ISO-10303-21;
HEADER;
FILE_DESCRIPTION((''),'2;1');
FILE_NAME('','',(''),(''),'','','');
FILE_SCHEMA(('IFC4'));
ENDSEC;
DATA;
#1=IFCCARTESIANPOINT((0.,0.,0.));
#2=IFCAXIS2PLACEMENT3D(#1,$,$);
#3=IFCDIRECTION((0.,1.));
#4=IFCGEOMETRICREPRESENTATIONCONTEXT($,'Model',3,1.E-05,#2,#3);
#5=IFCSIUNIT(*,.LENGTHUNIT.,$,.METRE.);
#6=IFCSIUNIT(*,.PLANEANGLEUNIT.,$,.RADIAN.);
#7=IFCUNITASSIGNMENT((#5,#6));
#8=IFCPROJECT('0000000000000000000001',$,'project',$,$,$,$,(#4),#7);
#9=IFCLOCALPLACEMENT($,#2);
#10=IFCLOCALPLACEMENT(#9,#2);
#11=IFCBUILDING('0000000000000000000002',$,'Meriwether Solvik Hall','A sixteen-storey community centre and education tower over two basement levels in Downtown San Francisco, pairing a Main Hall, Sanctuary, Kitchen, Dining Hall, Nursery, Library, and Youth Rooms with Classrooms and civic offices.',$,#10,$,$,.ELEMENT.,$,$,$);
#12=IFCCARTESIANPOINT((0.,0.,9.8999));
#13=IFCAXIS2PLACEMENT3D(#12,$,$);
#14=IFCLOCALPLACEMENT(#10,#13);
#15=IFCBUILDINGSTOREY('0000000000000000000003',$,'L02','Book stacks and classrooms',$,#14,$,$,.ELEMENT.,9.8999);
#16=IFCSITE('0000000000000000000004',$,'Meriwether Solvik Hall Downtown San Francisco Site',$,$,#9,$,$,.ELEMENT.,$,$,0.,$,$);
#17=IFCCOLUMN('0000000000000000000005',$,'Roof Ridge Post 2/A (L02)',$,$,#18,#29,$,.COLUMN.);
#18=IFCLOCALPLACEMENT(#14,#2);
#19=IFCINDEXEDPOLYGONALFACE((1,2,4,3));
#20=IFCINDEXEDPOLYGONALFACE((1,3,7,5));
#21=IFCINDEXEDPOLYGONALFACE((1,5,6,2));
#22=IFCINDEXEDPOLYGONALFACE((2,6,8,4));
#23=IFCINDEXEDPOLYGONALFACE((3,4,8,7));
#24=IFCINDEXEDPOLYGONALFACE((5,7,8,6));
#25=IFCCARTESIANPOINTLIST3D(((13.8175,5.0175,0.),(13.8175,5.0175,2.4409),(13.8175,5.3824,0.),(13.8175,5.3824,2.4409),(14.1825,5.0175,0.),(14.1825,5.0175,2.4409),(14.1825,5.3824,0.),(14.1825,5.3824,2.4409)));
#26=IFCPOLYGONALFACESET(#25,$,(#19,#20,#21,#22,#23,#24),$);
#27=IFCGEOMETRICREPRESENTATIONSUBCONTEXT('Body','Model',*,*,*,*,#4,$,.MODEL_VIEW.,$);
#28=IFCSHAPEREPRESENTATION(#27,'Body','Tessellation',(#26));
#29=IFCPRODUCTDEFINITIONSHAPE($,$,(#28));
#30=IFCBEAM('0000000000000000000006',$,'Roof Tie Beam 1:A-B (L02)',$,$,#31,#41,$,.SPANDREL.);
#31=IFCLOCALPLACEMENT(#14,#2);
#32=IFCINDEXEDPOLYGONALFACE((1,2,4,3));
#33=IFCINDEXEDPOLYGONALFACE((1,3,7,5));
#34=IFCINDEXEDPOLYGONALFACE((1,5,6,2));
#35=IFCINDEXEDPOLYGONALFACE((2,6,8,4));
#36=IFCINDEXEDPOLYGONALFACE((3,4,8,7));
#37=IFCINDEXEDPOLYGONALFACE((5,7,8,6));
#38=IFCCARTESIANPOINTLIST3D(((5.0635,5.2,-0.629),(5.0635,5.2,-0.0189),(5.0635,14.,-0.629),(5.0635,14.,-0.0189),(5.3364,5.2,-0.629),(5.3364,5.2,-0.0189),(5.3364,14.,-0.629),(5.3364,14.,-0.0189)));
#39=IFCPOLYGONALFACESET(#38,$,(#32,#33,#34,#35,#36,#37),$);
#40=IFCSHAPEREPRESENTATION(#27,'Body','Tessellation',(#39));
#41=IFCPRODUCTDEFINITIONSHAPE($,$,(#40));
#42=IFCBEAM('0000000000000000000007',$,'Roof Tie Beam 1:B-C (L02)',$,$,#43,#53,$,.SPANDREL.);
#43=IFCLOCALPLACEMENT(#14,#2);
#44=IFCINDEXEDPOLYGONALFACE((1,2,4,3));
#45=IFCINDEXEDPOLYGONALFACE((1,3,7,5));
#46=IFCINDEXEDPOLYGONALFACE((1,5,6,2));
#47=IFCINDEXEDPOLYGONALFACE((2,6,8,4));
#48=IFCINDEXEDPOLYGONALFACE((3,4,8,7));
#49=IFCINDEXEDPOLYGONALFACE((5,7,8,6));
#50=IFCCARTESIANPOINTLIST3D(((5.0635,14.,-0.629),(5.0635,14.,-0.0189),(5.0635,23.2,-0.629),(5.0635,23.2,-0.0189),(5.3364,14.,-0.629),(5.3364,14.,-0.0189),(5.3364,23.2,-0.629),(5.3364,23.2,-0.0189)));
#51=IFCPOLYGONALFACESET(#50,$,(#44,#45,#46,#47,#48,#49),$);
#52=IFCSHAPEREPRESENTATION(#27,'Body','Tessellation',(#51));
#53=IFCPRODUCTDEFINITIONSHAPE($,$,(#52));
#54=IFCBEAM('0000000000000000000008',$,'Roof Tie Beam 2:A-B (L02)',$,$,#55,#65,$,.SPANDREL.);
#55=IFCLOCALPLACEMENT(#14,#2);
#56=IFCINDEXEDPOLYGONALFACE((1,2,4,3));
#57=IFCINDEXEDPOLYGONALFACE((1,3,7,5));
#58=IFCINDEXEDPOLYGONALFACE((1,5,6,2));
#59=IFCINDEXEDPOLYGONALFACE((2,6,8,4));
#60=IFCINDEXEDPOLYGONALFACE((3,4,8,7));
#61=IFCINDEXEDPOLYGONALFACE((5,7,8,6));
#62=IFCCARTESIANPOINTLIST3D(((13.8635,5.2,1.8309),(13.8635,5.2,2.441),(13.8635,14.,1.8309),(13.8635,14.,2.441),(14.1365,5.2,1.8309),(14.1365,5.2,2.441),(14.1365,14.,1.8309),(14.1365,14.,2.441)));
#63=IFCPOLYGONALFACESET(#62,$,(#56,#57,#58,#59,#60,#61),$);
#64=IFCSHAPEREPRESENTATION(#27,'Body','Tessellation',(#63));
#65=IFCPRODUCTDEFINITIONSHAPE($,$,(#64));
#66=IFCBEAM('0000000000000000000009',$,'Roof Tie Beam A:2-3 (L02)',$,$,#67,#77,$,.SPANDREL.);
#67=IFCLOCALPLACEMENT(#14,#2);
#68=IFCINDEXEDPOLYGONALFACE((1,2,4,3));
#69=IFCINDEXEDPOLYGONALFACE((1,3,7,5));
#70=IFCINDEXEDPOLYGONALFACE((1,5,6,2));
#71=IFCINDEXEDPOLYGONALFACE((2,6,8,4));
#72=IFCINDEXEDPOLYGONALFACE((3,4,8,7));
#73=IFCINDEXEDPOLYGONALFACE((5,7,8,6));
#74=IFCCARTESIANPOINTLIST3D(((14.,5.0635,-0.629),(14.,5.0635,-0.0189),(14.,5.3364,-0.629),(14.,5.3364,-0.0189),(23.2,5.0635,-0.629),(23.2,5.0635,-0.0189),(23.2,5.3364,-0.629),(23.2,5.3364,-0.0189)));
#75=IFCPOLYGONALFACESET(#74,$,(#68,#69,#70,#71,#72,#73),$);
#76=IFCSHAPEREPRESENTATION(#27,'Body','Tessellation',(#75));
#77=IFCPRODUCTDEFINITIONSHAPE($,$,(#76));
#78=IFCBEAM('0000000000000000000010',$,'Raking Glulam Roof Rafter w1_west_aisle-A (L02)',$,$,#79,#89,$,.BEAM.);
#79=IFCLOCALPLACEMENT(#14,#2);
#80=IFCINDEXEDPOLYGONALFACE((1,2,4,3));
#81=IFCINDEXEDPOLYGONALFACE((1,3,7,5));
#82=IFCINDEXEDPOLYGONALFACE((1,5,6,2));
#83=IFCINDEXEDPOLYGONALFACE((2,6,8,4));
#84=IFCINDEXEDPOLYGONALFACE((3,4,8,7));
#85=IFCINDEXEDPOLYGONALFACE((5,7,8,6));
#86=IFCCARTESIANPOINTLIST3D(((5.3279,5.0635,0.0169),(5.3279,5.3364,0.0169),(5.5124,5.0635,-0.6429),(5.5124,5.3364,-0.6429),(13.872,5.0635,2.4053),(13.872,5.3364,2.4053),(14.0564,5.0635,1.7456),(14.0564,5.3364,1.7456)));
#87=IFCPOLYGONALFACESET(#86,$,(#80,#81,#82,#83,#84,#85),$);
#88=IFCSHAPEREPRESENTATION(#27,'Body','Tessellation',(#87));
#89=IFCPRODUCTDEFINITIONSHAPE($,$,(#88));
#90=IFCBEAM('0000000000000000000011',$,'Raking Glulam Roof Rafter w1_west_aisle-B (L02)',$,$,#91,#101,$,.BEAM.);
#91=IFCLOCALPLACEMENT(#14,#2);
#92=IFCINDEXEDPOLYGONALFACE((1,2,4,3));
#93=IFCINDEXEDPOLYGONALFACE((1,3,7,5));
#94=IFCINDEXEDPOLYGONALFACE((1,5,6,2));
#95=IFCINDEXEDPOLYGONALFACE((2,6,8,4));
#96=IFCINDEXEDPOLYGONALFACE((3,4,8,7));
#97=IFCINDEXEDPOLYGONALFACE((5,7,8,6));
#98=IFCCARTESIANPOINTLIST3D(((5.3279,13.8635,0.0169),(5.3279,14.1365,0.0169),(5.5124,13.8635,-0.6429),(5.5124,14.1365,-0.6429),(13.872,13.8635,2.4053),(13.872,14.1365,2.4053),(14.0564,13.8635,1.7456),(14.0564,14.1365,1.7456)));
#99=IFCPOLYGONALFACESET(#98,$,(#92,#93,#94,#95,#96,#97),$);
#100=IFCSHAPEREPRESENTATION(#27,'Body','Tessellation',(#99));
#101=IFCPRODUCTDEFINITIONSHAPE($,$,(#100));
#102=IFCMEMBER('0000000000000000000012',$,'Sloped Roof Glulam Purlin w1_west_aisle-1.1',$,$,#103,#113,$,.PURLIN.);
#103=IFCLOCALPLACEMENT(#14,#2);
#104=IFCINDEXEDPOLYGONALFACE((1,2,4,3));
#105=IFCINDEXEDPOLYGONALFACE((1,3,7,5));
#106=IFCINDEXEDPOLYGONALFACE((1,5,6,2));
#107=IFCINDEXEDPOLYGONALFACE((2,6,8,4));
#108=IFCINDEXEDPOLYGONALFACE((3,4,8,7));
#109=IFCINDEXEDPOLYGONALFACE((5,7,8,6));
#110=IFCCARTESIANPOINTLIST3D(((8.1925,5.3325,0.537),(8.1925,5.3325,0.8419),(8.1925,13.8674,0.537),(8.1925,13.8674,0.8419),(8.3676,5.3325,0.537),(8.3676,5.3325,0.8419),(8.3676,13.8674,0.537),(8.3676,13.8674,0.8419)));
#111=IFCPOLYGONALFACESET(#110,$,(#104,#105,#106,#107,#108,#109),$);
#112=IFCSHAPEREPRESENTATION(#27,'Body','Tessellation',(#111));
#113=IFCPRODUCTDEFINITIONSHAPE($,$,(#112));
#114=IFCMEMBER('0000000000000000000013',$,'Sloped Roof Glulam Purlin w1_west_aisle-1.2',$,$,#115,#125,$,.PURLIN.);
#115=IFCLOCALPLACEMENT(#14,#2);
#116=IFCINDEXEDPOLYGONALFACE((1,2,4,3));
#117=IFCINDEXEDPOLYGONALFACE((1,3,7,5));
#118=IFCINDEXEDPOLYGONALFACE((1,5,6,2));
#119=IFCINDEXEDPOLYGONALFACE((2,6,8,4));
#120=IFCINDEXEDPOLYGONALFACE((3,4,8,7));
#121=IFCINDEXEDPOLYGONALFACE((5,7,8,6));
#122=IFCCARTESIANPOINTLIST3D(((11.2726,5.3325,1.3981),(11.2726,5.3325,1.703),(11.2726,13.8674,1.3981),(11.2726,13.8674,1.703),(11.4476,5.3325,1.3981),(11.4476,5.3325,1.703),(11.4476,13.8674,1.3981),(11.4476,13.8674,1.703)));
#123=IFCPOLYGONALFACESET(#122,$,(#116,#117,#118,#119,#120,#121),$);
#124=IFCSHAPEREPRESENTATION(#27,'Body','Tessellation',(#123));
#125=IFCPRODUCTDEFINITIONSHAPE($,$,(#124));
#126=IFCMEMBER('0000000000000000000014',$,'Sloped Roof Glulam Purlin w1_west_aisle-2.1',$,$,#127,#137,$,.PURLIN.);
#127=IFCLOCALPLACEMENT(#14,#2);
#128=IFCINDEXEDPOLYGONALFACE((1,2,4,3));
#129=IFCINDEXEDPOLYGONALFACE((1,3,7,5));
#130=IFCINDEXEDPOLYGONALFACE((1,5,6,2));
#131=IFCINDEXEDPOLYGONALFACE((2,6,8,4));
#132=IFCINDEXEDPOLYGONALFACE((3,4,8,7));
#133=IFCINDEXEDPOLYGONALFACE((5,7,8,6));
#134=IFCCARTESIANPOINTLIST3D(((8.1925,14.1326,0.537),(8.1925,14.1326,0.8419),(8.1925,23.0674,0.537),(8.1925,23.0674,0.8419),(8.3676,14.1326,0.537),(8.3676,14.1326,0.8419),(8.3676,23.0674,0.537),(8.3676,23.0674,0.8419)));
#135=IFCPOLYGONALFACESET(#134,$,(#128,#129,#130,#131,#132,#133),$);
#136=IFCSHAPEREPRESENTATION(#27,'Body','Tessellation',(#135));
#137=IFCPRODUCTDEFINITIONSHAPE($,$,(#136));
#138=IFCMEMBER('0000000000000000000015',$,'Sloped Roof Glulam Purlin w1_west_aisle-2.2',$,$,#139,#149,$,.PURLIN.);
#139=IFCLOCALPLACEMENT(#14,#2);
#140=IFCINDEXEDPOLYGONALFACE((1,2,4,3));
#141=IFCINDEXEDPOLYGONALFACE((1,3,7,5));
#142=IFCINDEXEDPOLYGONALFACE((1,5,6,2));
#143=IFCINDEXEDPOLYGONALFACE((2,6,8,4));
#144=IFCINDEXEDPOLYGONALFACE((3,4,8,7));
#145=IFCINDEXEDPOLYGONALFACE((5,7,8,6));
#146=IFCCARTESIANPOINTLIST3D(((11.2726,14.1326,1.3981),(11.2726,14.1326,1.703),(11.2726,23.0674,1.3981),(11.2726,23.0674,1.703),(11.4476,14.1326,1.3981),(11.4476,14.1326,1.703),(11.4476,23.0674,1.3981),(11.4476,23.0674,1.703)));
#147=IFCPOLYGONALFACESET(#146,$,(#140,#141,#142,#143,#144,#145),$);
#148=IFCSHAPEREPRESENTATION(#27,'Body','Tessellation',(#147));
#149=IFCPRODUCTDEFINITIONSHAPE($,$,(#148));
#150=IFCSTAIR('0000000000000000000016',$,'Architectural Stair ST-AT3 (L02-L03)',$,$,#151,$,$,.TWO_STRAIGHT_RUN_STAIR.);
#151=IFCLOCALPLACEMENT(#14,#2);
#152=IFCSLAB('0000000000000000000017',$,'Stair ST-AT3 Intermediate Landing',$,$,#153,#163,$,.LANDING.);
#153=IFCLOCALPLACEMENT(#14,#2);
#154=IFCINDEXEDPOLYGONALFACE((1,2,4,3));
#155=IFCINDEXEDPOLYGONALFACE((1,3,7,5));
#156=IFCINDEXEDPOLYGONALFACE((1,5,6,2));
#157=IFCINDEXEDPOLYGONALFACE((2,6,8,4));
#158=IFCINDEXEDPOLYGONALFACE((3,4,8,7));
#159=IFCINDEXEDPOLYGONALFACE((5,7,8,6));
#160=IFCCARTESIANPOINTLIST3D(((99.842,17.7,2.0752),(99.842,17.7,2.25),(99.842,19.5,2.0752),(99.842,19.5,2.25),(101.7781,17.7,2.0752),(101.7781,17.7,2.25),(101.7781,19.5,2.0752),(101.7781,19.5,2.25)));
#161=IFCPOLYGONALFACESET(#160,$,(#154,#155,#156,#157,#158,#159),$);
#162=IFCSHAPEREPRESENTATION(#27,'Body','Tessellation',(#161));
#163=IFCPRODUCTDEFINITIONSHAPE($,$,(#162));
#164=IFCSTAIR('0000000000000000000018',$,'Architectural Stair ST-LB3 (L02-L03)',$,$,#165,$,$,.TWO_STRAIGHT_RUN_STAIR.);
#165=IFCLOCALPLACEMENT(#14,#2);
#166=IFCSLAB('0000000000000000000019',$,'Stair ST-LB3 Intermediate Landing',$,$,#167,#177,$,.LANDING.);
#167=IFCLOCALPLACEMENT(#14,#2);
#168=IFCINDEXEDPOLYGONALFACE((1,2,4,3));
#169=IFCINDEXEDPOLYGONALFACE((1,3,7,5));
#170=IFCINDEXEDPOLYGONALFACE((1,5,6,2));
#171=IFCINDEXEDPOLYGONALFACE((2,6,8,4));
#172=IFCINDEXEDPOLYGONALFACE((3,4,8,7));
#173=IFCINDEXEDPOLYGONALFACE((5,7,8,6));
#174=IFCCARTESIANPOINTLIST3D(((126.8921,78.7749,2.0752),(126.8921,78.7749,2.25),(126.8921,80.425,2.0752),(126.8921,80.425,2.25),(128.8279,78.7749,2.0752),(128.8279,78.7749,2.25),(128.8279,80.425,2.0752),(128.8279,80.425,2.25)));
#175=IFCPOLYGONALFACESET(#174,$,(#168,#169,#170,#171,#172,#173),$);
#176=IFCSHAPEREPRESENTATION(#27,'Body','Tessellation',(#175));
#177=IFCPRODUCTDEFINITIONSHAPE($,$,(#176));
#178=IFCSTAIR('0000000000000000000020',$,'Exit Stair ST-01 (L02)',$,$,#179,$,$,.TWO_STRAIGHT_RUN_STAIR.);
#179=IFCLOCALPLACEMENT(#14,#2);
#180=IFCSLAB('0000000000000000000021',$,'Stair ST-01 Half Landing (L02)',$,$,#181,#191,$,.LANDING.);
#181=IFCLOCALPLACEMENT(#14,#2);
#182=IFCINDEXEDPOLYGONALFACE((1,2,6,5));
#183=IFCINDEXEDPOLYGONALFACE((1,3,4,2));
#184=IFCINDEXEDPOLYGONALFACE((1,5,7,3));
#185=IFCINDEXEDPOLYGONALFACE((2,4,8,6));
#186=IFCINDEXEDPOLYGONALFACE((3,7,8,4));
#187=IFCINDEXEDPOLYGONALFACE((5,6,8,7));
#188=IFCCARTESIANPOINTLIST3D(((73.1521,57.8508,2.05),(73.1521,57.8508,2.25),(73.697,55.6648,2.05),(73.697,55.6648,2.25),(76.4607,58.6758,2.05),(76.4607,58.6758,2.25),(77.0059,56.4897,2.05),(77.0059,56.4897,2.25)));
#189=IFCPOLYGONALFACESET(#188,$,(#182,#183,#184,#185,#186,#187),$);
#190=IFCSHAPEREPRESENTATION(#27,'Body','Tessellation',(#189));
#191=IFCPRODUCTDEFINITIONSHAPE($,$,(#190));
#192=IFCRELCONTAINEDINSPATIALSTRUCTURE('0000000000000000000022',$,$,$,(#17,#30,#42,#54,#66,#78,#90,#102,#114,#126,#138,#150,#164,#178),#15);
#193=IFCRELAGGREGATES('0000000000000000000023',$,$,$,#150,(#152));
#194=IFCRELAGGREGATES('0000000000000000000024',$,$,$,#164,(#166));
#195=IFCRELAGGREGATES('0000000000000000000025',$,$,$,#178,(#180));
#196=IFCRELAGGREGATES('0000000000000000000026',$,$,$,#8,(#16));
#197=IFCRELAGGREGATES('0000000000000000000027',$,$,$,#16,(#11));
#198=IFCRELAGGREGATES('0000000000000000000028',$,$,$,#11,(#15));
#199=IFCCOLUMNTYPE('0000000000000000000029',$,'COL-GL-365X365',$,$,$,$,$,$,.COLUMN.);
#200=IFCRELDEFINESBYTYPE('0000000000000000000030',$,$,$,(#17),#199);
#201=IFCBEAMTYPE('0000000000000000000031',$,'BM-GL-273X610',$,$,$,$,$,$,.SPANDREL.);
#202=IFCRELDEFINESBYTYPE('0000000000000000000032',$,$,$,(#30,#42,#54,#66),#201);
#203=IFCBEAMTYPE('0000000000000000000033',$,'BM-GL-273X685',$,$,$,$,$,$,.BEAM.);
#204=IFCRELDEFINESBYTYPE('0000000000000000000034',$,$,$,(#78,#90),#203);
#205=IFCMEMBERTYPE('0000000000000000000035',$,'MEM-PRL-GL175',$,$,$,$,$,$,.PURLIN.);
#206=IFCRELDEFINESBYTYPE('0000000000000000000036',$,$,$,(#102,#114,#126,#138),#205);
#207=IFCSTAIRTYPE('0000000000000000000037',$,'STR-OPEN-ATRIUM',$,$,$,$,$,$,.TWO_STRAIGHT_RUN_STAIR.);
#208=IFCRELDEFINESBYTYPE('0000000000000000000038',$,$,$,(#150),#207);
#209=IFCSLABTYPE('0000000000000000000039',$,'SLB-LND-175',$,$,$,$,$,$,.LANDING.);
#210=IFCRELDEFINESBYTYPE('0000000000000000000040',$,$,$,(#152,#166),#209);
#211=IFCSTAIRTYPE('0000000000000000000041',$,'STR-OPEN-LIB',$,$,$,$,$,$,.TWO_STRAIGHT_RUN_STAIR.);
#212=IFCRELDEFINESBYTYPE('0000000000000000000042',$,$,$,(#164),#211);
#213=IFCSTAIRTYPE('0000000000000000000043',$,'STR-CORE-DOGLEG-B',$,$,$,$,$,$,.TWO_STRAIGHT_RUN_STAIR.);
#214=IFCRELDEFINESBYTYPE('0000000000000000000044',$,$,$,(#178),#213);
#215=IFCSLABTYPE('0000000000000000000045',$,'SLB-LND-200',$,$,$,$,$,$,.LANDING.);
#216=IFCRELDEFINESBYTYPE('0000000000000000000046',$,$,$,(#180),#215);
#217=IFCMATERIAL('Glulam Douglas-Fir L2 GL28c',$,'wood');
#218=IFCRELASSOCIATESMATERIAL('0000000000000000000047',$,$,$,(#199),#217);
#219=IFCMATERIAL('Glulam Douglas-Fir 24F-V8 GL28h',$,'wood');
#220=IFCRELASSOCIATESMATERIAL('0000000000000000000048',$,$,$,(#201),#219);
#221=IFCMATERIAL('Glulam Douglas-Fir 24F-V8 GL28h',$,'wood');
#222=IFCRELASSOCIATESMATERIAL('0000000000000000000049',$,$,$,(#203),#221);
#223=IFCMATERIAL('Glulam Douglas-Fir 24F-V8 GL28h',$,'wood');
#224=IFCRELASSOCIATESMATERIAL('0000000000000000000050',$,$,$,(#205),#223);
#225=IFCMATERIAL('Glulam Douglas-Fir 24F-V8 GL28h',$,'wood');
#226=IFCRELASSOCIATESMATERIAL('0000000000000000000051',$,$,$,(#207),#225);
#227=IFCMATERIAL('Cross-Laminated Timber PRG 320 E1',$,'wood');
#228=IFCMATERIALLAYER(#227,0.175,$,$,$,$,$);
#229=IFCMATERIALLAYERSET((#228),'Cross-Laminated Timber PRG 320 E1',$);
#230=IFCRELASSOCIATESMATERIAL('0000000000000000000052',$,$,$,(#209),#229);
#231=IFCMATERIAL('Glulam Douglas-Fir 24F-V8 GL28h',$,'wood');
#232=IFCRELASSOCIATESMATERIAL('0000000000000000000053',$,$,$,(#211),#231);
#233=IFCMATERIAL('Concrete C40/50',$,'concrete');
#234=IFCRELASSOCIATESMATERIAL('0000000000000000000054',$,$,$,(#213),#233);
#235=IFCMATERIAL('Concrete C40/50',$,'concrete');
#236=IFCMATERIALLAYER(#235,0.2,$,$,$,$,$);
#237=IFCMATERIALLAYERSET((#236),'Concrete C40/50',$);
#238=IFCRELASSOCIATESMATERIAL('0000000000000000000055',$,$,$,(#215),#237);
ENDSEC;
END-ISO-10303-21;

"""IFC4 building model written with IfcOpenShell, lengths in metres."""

from ifc_helpers import new_model, si_unit, direction, frame, origin, origin_2d, place, context, subcontext, project, spatial, polyline, rectangle, outline, extrude, material, layer, layer_set, material_profile, profile_set, type_object, element, aggregate, save


model = new_model("IFC4")

# Units and contexts
model_context = context("Model", 3, precision=1e-05, world=origin(), true_north=direction((0.0, 1.0)))
body_context = subcontext(model_context, "Body", "Model", "MODEL_VIEW")
ifc_project = project(units=[si_unit("LENGTHUNIT", "METRE"), si_unit("PLANEANGLEUNIT", "RADIAN")], contexts=[model_context])

# Site, building, storey
site_placement = place(None, origin())
site = spatial("IfcSite", under=ifc_project, at=site_placement, Name="Meriwether Solvik Hall Downtown San Francisco Site", CompositionType="ELEMENT", RefElevation=0.0)
building_placement = place(site_placement, origin())
building = spatial("IfcBuilding", under=site, at=building_placement, Name="Meriwether Solvik Hall", Description="A sixteen-storey community centre and education tower over two basement levels in Downtown San Francisco, pairing a Main Hall, Sanctuary, Kitchen, Dining Hall, Nursery, Library, and Youth Rooms with Classrooms and civic offices.", CompositionType="ELEMENT")
storey_placement = place(building_placement, frame((0.0, 0.0, 9.8999)))
storey = spatial("IfcBuildingStorey", under=building, at=storey_placement, Name="L02", Description="Book stacks and classrooms", CompositionType="ELEMENT", Elevation=9.8999)

# Column
ifc_material_1 = material(Name="Glulam Douglas-Fir L2 GL28c", Category="wood")
ifc_material_profile_1 = material_profile(ifc_material_1, rectangle(XDim=0.365, YDim=0.365, at=origin_2d()), Name="GLC-365X365")
ifc_profile_set_1 = profile_set([ifc_material_profile_1], Name="Glulam Douglas-Fir L2 GL28c")
column_type = type_object("IfcColumnType", Name="COL-GL-365X365", PredefinedType="COLUMN", material=ifc_profile_set_1)
column_placement = place(storey_placement, frame((14.0, 5.2, 0.0), z_axis=(0.0, 0.0, 1.0), x_axis=(1.0, 0.0, 0.0)))
element("IfcColumn", 1, at=column_placement, inside=storey, type_object=column_type, Name="Roof Ridge Post 2/A (L02)", PredefinedType="COLUMN", context=body_context, shape_type="SweptSolid", body=[
    extrude(rectangle(XDim=0.365, YDim=0.365, at=origin_2d()), origin(), (0.0, 0.0, 1.0), 2.4409),
])

# Beams
ifc_material_2 = material(Name="Glulam Douglas-Fir 24F-V8 GL28h", Category="wood")
ifc_material_profile_2 = material_profile(ifc_material_2, rectangle(XDim=0.2729, YDim=0.6101, at=origin_2d()), Name="GLB-273X610")
ifc_profile_set_2 = profile_set([ifc_material_profile_2], Name="Glulam Douglas-Fir 24F-V8 GL28h")
beam_type_1 = type_object("IfcBeamType", Name="BM-GL-273X610", PredefinedType="SPANDREL", material=ifc_profile_set_2)
beam_1_placement = place(storey_placement, frame((5.2, 5.2, -0.324), z_axis=(0.0, 1.0, 0.0), x_axis=(-1.0, 0.0, 0.0)))
element("IfcBeam", 2, at=beam_1_placement, inside=storey, type_object=beam_type_1, Name="Roof Tie Beam 1:A-B (L02)", PredefinedType="SPANDREL", context=body_context, shape_type="SweptSolid", body=[
    extrude(rectangle(XDim=0.2729, YDim=0.6101, at=origin_2d()), origin(), (0.0, 0.0, 1.0), 8.8),
])
beam_2_placement = place(storey_placement, frame((5.2, 14.0, -0.324), z_axis=(0.0, 1.0, 0.0), x_axis=(-1.0, 0.0, 0.0)))
element("IfcBeam", 3, at=beam_2_placement, inside=storey, type_object=beam_type_1, Name="Roof Tie Beam 1:B-C (L02)", PredefinedType="SPANDREL", context=body_context, shape_type="SweptSolid", body=[
    extrude(rectangle(XDim=0.2729, YDim=0.6101, at=origin_2d()), origin(), (0.0, 0.0, 1.0), 9.2),
])
beam_3_placement = place(storey_placement, frame((14.0, 5.2, 2.136), z_axis=(0.0, 1.0, 0.0), x_axis=(-1.0, 0.0, 0.0)))
element("IfcBeam", 4, at=beam_3_placement, inside=storey, type_object=beam_type_1, Name="Roof Tie Beam 2:A-B (L02)", PredefinedType="SPANDREL", context=body_context, shape_type="SweptSolid", body=[
    extrude(rectangle(XDim=0.2729, YDim=0.6101, at=origin_2d()), origin(), (0.0, 0.0, 1.0), 8.8),
])
beam_4_placement = place(storey_placement, frame((14.0, 5.2, -0.324), z_axis=(1.0, 0.0, 0.0), x_axis=(0.0, 1.0, 0.0)))
element("IfcBeam", 5, at=beam_4_placement, inside=storey, type_object=beam_type_1, Name="Roof Tie Beam A:2-3 (L02)", PredefinedType="SPANDREL", context=body_context, shape_type="SweptSolid", body=[
    extrude(rectangle(XDim=0.2729, YDim=0.6101, at=origin_2d()), origin(), (0.0, 0.0, 1.0), 9.2),
])
ifc_material_3 = material(Name="Glulam Douglas-Fir 24F-V8 GL28h", Category="wood")
ifc_material_profile_3 = material_profile(ifc_material_3, rectangle(XDim=0.2729, YDim=0.6851, at=origin_2d()), Name="GLB-273X685")
ifc_profile_set_3 = profile_set([ifc_material_profile_3], Name="Glulam Douglas-Fir 24F-V8 GL28h")
beam_type_2 = type_object("IfcBeamType", Name="BM-GL-273X685", PredefinedType="BEAM", material=ifc_profile_set_3)
for number, where, z_axis, x_axis, name in (
    (6, (5.4202, 5.2, -0.313), (0.963077, 0.0, 0.269225), (0.0, 1.0, 0.0), "Raking Glulam Roof Rafter w1_west_aisle-A (L02)"),
    (7, (5.4202, 14.0, -0.313), (0.963077, 0.0, 0.269225), (0.0, 1.0, 0.0), "Raking Glulam Roof Rafter w1_west_aisle-B (L02)"),
):
    element("IfcBeam", number, at=place(storey_placement, frame(where, z_axis=z_axis, x_axis=x_axis)), inside=storey, type_object=beam_type_2, Name=name, PredefinedType="BEAM", context=body_context, shape_type="SweptSolid", body=[
        extrude(rectangle(XDim=0.2729, YDim=0.6851, at=origin_2d()), origin(), (0.0, 0.0, 1.0), 8.8716),
    ])

# Members
ifc_material_4 = material(Name="Glulam Douglas-Fir 24F-V8 GL28h", Category="wood")
ifc_material_profile_4 = material_profile(ifc_material_4, rectangle(XDim=0.175, YDim=0.3049, at=origin_2d()), Name="GLM-175X305")
ifc_profile_set_4 = profile_set([ifc_material_profile_4], Name="Glulam Douglas-Fir 24F-V8 GL28h")
member_type = type_object("IfcMemberType", Name="MEM-PRL-GL175", PredefinedType="PURLIN", material=ifc_profile_set_4)
for number, where, z_axis, x_axis, name in (
    (8, (8.28, 5.3325, 0.6895), (0.0, 1.0, 0.0), (-1.0, 0.0, 0.0), "Sloped Roof Glulam Purlin w1_west_aisle-1.1"),
    (9, (11.3601, 5.3325, 1.5505), (0.0, 1.0, 0.0), (-1.0, 0.0, 0.0), "Sloped Roof Glulam Purlin w1_west_aisle-1.2"),
):
    element("IfcMember", number, at=place(storey_placement, frame(where, z_axis=z_axis, x_axis=x_axis)), inside=storey, type_object=member_type, Name=name, PredefinedType="PURLIN", context=body_context, shape_type="SweptSolid", body=[
        extrude(rectangle(XDim=0.175, YDim=0.3049, at=origin_2d()), origin(), (0.0, 0.0, 1.0), 8.5349),
    ])
for number, where, z_axis, x_axis, name in (
    (10, (8.28, 14.1326, 0.6895), (0.0, 1.0, 0.0), (-1.0, 0.0, 0.0), "Sloped Roof Glulam Purlin w1_west_aisle-2.1"),
    (11, (11.3601, 14.1326, 1.5505), (0.0, 1.0, 0.0), (-1.0, 0.0, 0.0), "Sloped Roof Glulam Purlin w1_west_aisle-2.2"),
):
    element("IfcMember", number, at=place(storey_placement, frame(where, z_axis=z_axis, x_axis=x_axis)), inside=storey, type_object=member_type, Name=name, PredefinedType="PURLIN", context=body_context, shape_type="SweptSolid", body=[
        extrude(rectangle(XDim=0.175, YDim=0.3049, at=origin_2d()), origin(), (0.0, 0.0, 1.0), 8.9348),
    ])

# Stairs, slabs
ifc_material_5 = material(Name="Glulam Douglas-Fir 24F-V8 GL28h", Category="wood")
stair_type_1 = type_object("IfcStairType", Name="STR-OPEN-ATRIUM", PredefinedType="TWO_STRAIGHT_RUN_STAIR", material=ifc_material_5)
stair_1_placement = place(storey_placement, origin())
stair_1 = element("IfcStair", 12, at=stair_1_placement, inside=storey, type_object=stair_type_1, Name="Architectural Stair ST-AT3 (L02-L03)", PredefinedType="TWO_STRAIGHT_RUN_STAIR")
ifc_material_6 = material(Name="Cross-Laminated Timber PRG 320 E1", Category="wood")
ifc_layer_1 = layer(ifc_material_6, 0.175)
ifc_layer_set_1 = layer_set([ifc_layer_1], Name="Cross-Laminated Timber PRG 320 E1")
slab_type_1 = type_object("IfcSlabType", Name="SLB-LND-175", PredefinedType="LANDING", material=ifc_layer_set_1)
slab_1_placement = place(storey_placement, frame((0.0, 0.0, 2.0752)))
slab_1 = element("IfcSlab", 13, at=slab_1_placement, type_object=slab_type_1, Name="Stair ST-AT3 Intermediate Landing", PredefinedType="LANDING", context=body_context, shape_type="SweptSolid", body=[
    extrude(outline(polyline([(99.842, 17.7), (101.7781, 17.7), (101.7781, 19.5), (99.842, 19.5), (99.842, 17.7)])), origin(), (0.0, 0.0, 1.0), 0.1748),
])
aggregate(stair_1, [slab_1])
ifc_material_7 = material(Name="Glulam Douglas-Fir 24F-V8 GL28h", Category="wood")
stair_type_2 = type_object("IfcStairType", Name="STR-OPEN-LIB", PredefinedType="TWO_STRAIGHT_RUN_STAIR", material=ifc_material_7)
stair_2_placement = place(storey_placement, origin())
stair_2 = element("IfcStair", 14, at=stair_2_placement, inside=storey, type_object=stair_type_2, Name="Architectural Stair ST-LB3 (L02-L03)", PredefinedType="TWO_STRAIGHT_RUN_STAIR")
slab_2_placement = place(storey_placement, frame((0.0, 0.0, 2.0752)))
slab_2 = element("IfcSlab", 15, at=slab_2_placement, type_object=slab_type_1, Name="Stair ST-LB3 Intermediate Landing", PredefinedType="LANDING", context=body_context, shape_type="SweptSolid", body=[
    extrude(outline(polyline([(126.8921, 78.7749), (128.8279, 78.7749), (128.8279, 80.425), (126.8921, 80.425), (126.8921, 78.7749)])), origin(), (0.0, 0.0, 1.0), 0.1748),
])
aggregate(stair_2, [slab_2])
ifc_material_8 = material(Name="Concrete C40/50", Category="concrete")
stair_type_3 = type_object("IfcStairType", Name="STR-CORE-DOGLEG-B", PredefinedType="TWO_STRAIGHT_RUN_STAIR", material=ifc_material_8)
stair_3_placement = place(storey_placement, origin())
stair_3 = element("IfcStair", 16, at=stair_3_placement, inside=storey, type_object=stair_type_3, Name="Exit Stair ST-01 (L02)", PredefinedType="TWO_STRAIGHT_RUN_STAIR")
ifc_material_9 = material(Name="Concrete C40/50", Category="concrete")
ifc_layer_2 = layer(ifc_material_9, 0.2)
ifc_layer_set_2 = layer_set([ifc_layer_2], Name="Concrete C40/50")
slab_type_2 = type_object("IfcSlabType", Name="SLB-LND-200", PredefinedType="LANDING", material=ifc_layer_set_2)
slab_3_placement = place(storey_placement, frame((0.0, 0.0, 2.05)))
slab_3 = element("IfcSlab", 17, at=slab_3_placement, type_object=slab_type_2, Name="Stair ST-01 Half Landing (L02)", PredefinedType="LANDING", context=body_context, shape_type="SweptSolid", body=[
    extrude(outline(polyline([(73.697, 55.6648), (77.0059, 56.4897), (76.4607, 58.6758), (73.1521, 57.8508), (73.697, 55.6648)])), origin(), (0.0, 0.0, 1.0), 0.2),
])
aggregate(stair_3, [slab_3])

save(model, "model.ifc")
